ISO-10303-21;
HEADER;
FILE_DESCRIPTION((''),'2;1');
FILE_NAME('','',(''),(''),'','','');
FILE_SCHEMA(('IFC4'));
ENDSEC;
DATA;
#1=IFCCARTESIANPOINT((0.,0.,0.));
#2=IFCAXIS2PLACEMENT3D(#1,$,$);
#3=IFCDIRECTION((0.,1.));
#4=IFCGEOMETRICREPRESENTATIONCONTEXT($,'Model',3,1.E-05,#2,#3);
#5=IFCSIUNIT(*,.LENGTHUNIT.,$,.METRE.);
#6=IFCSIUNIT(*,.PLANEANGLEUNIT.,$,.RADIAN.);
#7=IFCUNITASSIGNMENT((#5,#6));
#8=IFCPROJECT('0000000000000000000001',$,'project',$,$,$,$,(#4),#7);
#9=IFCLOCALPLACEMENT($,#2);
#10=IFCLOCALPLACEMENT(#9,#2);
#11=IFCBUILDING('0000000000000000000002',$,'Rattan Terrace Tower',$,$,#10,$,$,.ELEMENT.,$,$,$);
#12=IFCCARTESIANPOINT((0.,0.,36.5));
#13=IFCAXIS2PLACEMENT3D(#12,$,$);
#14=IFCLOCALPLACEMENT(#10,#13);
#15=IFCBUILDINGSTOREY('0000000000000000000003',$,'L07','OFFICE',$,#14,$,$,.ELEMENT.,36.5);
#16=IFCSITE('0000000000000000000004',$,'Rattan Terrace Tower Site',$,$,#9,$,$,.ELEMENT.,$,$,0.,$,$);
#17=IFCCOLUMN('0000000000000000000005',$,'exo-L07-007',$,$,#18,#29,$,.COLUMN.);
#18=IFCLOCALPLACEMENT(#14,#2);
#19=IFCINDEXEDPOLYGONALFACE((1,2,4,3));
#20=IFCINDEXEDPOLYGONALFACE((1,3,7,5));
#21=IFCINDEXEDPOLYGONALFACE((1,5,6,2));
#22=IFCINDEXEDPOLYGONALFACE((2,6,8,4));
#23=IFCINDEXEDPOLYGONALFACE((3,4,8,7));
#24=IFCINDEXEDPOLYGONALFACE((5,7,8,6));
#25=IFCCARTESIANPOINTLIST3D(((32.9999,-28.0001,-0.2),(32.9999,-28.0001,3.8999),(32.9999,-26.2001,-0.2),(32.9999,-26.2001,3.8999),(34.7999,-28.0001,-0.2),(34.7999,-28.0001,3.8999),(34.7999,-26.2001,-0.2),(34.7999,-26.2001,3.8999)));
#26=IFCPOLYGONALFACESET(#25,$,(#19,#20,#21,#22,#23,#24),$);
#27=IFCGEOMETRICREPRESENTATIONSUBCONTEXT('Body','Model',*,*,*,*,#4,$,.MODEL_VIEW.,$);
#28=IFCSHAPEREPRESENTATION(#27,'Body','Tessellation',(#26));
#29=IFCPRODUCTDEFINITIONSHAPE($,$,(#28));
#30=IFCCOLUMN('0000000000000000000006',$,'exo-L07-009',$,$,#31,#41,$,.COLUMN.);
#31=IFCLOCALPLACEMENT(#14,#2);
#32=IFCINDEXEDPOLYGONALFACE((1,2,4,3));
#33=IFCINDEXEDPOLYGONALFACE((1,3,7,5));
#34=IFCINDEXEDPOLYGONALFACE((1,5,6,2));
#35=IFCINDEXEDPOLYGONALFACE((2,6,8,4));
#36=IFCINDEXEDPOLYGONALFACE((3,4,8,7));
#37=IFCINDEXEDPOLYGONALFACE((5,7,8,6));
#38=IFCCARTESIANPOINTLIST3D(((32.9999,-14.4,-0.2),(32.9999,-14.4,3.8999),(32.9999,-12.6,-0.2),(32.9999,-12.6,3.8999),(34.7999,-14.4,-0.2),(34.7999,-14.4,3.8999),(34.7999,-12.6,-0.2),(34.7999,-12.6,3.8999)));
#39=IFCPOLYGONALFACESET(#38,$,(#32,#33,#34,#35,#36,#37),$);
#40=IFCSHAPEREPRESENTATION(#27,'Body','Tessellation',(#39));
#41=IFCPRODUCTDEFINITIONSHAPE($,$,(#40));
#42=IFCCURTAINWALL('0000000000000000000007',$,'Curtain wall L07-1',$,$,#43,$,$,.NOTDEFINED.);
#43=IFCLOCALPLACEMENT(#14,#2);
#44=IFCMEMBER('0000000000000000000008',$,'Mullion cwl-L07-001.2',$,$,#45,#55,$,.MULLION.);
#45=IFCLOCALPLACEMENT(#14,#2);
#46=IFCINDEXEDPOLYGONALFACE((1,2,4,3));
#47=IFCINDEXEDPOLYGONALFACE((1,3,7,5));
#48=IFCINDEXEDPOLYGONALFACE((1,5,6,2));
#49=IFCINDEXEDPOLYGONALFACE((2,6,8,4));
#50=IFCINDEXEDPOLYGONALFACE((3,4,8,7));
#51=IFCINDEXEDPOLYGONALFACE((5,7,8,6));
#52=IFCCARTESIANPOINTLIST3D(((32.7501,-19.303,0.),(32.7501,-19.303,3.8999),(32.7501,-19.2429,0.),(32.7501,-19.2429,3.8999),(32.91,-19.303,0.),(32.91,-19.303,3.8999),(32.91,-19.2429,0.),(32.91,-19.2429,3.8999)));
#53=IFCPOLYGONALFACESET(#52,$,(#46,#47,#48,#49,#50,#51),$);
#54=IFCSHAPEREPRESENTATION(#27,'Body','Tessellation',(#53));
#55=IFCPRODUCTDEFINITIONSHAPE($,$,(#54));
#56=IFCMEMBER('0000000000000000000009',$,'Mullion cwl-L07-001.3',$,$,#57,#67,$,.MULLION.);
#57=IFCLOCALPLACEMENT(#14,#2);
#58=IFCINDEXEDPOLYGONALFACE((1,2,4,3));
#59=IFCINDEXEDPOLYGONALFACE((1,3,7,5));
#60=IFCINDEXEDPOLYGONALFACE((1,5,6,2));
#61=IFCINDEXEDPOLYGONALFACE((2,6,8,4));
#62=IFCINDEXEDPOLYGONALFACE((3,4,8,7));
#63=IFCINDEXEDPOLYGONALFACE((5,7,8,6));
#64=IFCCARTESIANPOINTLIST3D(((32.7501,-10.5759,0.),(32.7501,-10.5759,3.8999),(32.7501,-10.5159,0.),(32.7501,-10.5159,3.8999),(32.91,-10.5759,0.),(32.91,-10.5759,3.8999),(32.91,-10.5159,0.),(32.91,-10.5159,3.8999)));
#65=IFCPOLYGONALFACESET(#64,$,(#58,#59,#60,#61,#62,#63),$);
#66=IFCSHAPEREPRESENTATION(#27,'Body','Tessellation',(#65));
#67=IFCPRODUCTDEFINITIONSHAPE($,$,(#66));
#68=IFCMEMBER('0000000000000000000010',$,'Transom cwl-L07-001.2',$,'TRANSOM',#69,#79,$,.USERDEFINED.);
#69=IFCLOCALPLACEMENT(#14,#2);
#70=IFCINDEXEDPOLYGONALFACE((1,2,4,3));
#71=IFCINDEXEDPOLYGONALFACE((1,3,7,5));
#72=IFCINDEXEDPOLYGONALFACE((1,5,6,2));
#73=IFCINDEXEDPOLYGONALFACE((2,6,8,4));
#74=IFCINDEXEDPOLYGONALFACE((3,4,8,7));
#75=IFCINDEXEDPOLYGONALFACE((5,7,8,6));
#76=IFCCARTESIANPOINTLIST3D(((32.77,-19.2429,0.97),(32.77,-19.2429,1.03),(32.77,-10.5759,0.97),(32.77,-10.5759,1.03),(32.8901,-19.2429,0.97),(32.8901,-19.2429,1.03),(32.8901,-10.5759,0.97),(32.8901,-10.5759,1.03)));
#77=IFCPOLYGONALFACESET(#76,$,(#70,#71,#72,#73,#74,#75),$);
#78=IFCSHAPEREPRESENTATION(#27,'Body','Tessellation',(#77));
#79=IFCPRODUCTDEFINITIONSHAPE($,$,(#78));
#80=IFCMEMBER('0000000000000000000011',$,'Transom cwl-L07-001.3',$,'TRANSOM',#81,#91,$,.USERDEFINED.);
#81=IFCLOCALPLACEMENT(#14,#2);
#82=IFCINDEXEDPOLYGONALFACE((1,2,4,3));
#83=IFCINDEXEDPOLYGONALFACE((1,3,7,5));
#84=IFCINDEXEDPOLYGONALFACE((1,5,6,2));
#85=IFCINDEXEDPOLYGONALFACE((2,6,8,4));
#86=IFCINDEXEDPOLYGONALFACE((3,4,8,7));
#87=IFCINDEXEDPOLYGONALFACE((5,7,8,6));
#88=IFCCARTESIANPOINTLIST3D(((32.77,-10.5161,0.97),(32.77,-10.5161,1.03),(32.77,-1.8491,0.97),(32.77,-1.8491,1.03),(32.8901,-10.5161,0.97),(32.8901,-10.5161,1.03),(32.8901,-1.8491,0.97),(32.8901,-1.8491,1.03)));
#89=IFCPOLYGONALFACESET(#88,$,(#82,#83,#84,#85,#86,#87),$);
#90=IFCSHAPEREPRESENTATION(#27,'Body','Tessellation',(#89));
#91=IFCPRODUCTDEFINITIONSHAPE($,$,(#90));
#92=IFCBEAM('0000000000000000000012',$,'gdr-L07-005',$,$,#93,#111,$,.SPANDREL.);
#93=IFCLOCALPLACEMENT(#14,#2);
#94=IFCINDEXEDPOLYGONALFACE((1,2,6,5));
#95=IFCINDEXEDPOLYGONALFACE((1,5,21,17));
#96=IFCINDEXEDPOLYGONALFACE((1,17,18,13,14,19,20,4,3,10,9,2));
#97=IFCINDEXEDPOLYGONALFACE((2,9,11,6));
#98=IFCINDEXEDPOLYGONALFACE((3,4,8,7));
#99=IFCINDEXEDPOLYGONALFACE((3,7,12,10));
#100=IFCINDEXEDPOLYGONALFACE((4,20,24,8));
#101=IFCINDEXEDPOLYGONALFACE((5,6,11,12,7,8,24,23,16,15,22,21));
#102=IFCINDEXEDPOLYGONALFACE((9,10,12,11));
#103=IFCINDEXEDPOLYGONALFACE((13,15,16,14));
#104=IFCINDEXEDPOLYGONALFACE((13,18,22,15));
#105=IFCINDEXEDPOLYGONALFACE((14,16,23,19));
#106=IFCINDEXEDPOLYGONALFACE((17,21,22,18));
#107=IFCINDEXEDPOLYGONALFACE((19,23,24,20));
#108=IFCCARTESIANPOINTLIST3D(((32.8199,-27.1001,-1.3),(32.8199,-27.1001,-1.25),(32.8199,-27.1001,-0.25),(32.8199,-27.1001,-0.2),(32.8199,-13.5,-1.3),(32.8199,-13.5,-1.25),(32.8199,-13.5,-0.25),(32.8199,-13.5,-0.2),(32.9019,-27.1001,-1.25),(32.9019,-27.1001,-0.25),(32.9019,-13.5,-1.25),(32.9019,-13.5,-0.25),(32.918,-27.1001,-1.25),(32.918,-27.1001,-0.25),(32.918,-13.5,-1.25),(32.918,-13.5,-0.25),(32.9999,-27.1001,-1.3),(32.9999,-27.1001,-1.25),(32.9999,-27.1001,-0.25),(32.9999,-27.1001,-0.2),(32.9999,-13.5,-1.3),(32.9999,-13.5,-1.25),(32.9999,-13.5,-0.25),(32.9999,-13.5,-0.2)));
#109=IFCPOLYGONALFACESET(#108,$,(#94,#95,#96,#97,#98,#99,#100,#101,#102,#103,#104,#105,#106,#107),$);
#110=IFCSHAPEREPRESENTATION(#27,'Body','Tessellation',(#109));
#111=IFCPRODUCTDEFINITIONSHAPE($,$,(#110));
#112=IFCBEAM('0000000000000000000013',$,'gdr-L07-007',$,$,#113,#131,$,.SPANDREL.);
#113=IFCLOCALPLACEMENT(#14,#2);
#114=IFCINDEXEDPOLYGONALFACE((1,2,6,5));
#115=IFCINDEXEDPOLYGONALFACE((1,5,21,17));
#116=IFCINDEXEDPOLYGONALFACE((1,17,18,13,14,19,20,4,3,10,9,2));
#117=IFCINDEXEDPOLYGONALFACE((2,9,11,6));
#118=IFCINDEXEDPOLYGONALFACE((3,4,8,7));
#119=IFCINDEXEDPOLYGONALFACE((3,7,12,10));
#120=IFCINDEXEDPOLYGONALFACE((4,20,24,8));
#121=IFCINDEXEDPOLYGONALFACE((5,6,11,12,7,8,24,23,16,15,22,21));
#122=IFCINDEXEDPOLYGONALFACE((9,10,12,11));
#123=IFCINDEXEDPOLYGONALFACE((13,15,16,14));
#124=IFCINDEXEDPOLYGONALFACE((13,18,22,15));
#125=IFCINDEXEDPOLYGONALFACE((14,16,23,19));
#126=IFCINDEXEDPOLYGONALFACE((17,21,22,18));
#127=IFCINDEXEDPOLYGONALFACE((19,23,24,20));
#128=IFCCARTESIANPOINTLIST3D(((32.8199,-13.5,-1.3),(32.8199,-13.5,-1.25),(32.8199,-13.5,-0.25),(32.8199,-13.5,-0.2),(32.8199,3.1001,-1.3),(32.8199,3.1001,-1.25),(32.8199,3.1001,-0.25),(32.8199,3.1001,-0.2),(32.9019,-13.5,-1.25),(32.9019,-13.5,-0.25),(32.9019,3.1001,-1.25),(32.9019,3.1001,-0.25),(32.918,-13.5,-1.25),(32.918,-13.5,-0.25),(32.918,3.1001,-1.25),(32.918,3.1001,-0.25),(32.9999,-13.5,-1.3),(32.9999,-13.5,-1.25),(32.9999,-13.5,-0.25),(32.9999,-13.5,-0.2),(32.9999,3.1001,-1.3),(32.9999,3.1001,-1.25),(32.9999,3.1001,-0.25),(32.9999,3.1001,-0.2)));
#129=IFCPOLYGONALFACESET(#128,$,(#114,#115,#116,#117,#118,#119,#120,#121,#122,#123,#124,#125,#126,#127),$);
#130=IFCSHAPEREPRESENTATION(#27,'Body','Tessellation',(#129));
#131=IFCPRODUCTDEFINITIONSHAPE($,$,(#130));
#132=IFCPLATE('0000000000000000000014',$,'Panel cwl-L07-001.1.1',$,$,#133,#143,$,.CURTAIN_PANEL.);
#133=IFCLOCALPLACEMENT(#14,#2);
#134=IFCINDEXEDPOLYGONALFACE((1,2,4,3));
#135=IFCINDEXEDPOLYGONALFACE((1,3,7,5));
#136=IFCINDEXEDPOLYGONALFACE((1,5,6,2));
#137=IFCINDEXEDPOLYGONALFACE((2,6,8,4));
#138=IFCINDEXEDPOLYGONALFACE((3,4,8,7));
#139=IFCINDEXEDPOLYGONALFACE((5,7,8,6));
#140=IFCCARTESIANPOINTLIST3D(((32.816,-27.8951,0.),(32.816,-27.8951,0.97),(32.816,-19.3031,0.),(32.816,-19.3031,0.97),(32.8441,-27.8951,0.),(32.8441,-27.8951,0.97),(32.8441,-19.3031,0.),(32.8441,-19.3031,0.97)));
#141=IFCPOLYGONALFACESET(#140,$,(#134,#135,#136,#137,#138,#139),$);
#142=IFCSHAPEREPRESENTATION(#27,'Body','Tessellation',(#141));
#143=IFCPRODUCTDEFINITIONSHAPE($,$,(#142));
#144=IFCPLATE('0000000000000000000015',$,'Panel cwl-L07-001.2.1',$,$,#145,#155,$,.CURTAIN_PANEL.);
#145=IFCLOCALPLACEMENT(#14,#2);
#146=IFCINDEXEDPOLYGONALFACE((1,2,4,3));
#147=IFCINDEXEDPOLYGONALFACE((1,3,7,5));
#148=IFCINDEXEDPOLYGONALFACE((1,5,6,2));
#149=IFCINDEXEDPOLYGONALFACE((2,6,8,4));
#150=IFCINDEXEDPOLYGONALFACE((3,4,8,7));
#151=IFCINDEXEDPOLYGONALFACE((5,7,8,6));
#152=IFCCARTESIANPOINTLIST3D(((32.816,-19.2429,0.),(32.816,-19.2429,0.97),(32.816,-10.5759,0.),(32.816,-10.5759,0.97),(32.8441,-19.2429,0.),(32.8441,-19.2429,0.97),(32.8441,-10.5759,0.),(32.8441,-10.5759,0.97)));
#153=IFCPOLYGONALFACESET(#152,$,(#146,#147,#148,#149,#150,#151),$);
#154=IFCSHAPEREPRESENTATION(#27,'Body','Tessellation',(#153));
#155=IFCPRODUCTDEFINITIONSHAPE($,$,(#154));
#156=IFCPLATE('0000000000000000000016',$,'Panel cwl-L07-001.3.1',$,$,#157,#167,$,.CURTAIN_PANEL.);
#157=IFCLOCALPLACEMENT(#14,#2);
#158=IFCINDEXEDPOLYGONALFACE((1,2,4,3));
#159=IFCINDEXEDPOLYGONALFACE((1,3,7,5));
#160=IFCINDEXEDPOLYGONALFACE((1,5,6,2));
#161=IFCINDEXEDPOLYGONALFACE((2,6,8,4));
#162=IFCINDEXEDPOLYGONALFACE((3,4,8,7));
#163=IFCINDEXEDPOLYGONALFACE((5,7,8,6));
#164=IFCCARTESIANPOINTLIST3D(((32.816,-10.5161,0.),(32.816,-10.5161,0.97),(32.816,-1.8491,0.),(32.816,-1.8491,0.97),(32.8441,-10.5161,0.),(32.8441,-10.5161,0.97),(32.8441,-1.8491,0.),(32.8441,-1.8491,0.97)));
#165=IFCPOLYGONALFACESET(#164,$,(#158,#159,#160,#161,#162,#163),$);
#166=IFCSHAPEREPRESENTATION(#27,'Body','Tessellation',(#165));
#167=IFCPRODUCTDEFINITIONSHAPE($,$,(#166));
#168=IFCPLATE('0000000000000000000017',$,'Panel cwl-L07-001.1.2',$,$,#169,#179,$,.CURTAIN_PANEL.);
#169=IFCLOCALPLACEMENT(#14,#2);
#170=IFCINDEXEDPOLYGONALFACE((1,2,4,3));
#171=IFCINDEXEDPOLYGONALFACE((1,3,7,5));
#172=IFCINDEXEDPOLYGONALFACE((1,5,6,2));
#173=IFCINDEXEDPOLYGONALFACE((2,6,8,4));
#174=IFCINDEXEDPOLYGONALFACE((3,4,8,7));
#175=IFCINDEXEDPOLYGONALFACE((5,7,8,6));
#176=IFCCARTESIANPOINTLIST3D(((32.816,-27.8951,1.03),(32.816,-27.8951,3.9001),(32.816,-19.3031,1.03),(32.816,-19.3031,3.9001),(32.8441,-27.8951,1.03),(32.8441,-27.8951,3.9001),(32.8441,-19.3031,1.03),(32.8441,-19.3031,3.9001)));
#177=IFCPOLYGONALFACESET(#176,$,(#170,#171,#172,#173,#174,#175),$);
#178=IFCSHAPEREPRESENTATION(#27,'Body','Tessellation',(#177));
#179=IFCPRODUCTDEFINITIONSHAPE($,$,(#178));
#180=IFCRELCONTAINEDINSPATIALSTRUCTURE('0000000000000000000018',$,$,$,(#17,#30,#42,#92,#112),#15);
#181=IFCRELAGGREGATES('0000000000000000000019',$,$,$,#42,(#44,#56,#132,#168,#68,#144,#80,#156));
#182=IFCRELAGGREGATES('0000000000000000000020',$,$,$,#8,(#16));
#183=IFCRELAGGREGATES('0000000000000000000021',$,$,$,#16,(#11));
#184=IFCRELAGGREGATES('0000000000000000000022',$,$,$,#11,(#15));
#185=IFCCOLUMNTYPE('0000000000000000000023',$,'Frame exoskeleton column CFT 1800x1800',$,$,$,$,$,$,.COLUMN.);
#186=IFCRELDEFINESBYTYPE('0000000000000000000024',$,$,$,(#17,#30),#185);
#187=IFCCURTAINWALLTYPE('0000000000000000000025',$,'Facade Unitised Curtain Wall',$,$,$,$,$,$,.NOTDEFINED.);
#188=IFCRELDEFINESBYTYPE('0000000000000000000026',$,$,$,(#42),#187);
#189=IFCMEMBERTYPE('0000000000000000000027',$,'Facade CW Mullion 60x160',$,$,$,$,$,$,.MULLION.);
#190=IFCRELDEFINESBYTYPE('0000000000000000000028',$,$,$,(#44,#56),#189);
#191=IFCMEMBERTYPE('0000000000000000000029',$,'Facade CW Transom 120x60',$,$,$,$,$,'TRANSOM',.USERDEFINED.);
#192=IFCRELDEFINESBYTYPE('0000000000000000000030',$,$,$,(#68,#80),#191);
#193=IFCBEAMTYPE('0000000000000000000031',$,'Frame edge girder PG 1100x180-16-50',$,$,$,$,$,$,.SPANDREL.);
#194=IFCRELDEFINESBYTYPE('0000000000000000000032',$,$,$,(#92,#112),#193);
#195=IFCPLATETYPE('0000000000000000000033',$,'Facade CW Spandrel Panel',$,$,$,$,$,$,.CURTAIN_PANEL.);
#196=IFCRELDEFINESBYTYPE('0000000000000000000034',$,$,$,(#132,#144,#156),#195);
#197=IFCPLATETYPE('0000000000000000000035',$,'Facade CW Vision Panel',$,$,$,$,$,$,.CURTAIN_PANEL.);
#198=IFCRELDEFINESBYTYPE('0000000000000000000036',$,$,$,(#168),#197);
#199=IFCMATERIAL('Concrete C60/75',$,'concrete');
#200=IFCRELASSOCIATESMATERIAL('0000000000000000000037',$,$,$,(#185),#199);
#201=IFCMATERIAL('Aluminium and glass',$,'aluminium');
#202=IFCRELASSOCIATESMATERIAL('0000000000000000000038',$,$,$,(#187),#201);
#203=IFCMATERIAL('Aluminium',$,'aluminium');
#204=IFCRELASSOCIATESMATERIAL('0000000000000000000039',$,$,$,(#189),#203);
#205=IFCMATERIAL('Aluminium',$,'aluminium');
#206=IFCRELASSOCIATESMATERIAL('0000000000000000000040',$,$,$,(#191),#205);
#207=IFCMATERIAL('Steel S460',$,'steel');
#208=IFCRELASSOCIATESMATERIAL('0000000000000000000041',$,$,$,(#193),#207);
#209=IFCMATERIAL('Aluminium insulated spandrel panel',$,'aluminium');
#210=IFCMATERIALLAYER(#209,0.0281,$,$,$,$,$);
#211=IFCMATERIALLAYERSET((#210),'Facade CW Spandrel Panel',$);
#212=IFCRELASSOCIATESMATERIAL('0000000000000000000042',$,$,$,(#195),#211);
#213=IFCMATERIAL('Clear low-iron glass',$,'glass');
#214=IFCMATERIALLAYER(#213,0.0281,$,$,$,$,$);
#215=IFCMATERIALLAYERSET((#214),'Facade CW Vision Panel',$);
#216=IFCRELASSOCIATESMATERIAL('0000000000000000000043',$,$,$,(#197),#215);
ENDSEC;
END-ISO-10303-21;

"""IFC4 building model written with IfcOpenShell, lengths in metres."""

from ifc_helpers import new_model, si_unit, direction, frame, origin, origin_2d, place, context, subcontext, project, spatial, rectangle, i_section, extrude, material, layer, layer_set, material_profile, profile_set, type_object, element, aggregate, save


model = new_model("IFC4")

# Units and contexts
model_context = context("Model", 3, precision=1e-05, world=origin(), true_north=direction((0.0, 1.0)))
body_context = subcontext(model_context, "Body", "Model", "MODEL_VIEW")
ifc_project = project(units=[si_unit("LENGTHUNIT", "METRE"), si_unit("PLANEANGLEUNIT", "RADIAN")], contexts=[model_context])

# Site, building, storey
site_placement = place(None, origin())
site = spatial("IfcSite", under=ifc_project, at=site_placement, Name="Rattan Terrace Tower Site", CompositionType="ELEMENT", RefElevation=0.0)
building_placement = place(site_placement, origin())
building = spatial("IfcBuilding", under=site, at=building_placement, Name="Rattan Terrace Tower", CompositionType="ELEMENT")
storey_placement = place(building_placement, frame((0.0, 0.0, 36.5)))
storey = spatial("IfcBuildingStorey", under=building, at=storey_placement, Name="L07", Description="OFFICE", CompositionType="ELEMENT", Elevation=36.5)

# Columns
ifc_material_1 = material(Name="Concrete C60/75", Category="concrete")
ifc_material_profile_1 = material_profile(ifc_material_1, rectangle(XDim=1.8, YDim=1.8, at=origin_2d()), Name="CFT 1800x1800")
ifc_profile_set_1 = profile_set([ifc_material_profile_1], Name="Concrete C60/75")
column_type = type_object("IfcColumnType", Name="Frame exoskeleton column CFT 1800x1800", PredefinedType="COLUMN", material=ifc_profile_set_1)
for number, where, z_axis, x_axis, name in (
    (1, (33.8999, -27.1001, -0.2), (0.0, 0.0, 1.0), (0.0, 1.0, 0.0), "exo-L07-007"),
    (2, (33.8999, -13.5, -0.2), (0.0, 0.0, 1.0), (0.0, 1.0, 0.0), "exo-L07-009"),
):
    element("IfcColumn", number, at=place(storey_placement, frame(where, z_axis=z_axis, x_axis=x_axis)), inside=storey, type_object=column_type, Name=name, PredefinedType="COLUMN", context=body_context, shape_type="SweptSolid", body=[
        extrude(rectangle(XDim=1.8, YDim=1.8, at=origin_2d()), origin(), (0.0, 0.0, 1.0), 4.0999),
    ])

# Curtain wall, members
ifc_material_2 = material(Name="Aluminium and glass", Category="aluminium")
curtain_wall_type = type_object("IfcCurtainWallType", Name="Facade Unitised Curtain Wall", PredefinedType="NOTDEFINED", material=ifc_material_2)
curtain_wall_placement = place(storey_placement, origin())
curtain_wall = element("IfcCurtainWall", 3, at=curtain_wall_placement, inside=storey, type_object=curtain_wall_type, Name="Curtain wall L07-1", PredefinedType="NOTDEFINED")
ifc_material_3 = material(Name="Aluminium", Category="aluminium")
ifc_material_profile_2 = material_profile(ifc_material_3, rectangle(XDim=0.0601, YDim=0.1599, at=origin_2d()), Name="Aluminium 60x160")
ifc_profile_set_2 = profile_set([ifc_material_profile_2], Name="Aluminium")
member_type_1 = type_object("IfcMemberType", Name="Facade CW Mullion 60x160", PredefinedType="MULLION", material=ifc_profile_set_2)
member_1_placement = place(storey_placement, frame((32.8301, -19.2729, 0.0), z_axis=(0.0, 0.0, 1.0), x_axis=(0.0, 1.0, 0.0)))
member_1 = element("IfcMember", 4, at=member_1_placement, type_object=member_type_1, Name="Mullion cwl-L07-001.2", PredefinedType="MULLION", context=body_context, shape_type="SweptSolid", body=[
    extrude(rectangle(XDim=0.0601, YDim=0.1599, at=origin_2d()), origin(), (0.0, 0.0, 1.0), 3.8999),
])
member_2_placement = place(storey_placement, frame((32.8301, -10.5459, 0.0), z_axis=(0.0, 0.0, 1.0), x_axis=(0.0, 1.0, 0.0)))
member_2 = element("IfcMember", 5, at=member_2_placement, type_object=member_type_1, Name="Mullion cwl-L07-001.3", PredefinedType="MULLION", context=body_context, shape_type="SweptSolid", body=[
    extrude(rectangle(XDim=0.0601, YDim=0.1599, at=origin_2d()), origin(), (0.0, 0.0, 1.0), 3.8999),
])
ifc_material_4 = material(Name="Aluminium", Category="aluminium")
ifc_material_profile_3 = material_profile(ifc_material_4, rectangle(XDim=0.1201, YDim=0.0601, at=origin_2d()), Name="Aluminium 120x60")
ifc_profile_set_3 = profile_set([ifc_material_profile_3], Name="Aluminium")
member_type_2 = type_object("IfcMemberType", Name="Facade CW Transom 120x60", ElementType="TRANSOM", PredefinedType="USERDEFINED", material=ifc_profile_set_3)
member_3_placement = place(storey_placement, frame((32.8301, -19.2429, 1.0), z_axis=(0.0, 1.0, 0.0), x_axis=(-1.0, 0.0, 0.0)))
member_3 = element("IfcMember", 6, at=member_3_placement, type_object=member_type_2, Name="Transom cwl-L07-001.2", ObjectType="TRANSOM", PredefinedType="USERDEFINED", context=body_context, shape_type="SweptSolid", body=[
    extrude(rectangle(XDim=0.1201, YDim=0.0601, at=origin_2d()), origin(), (0.0, 0.0, 1.0), 8.667),
])
member_4_placement = place(storey_placement, frame((32.8301, -10.5161, 1.0), z_axis=(0.0, 1.0, 0.0), x_axis=(-1.0, 0.0, 0.0)))
member_4 = element("IfcMember", 7, at=member_4_placement, type_object=member_type_2, Name="Transom cwl-L07-001.3", ObjectType="TRANSOM", PredefinedType="USERDEFINED", context=body_context, shape_type="SweptSolid", body=[
    extrude(rectangle(XDim=0.1201, YDim=0.0601, at=origin_2d()), origin(), (0.0, 0.0, 1.0), 8.667),
])

# Beams
ifc_material_5 = material(Name="Steel S460", Category="steel")
ifc_material_profile_4 = material_profile(ifc_material_5, i_section(OverallWidth=0.1799, OverallDepth=1.1001, WebThickness=0.0161, FlangeThickness=0.05, at=origin_2d()), Name="PG 1100x180-16-50")
ifc_profile_set_4 = profile_set([ifc_material_profile_4], Name="Steel S460")
beam_type = type_object("IfcBeamType", Name="Frame edge girder PG 1100x180-16-50", PredefinedType="SPANDREL", material=ifc_profile_set_4)
beam_1_placement = place(storey_placement, frame((32.9099, -27.1001, -0.75), z_axis=(0.0, 1.0, 0.0), x_axis=(-1.0, 0.0, 0.0)))
element("IfcBeam", 8, at=beam_1_placement, inside=storey, type_object=beam_type, Name="gdr-L07-005", PredefinedType="SPANDREL", context=body_context, shape_type="SweptSolid", body=[
    extrude(i_section(OverallWidth=0.1799, OverallDepth=1.1001, WebThickness=0.0161, FlangeThickness=0.05, at=origin_2d()), origin(), (0.0, 0.0, 1.0), 13.6001),
])
beam_2_placement = place(storey_placement, frame((32.9099, -13.5, -0.75), z_axis=(0.0, 1.0, 0.0), x_axis=(-1.0, 0.0, 0.0)))
element("IfcBeam", 9, at=beam_2_placement, inside=storey, type_object=beam_type, Name="gdr-L07-007", PredefinedType="SPANDREL", context=body_context, shape_type="SweptSolid", body=[
    extrude(i_section(OverallWidth=0.1799, OverallDepth=1.1001, WebThickness=0.0161, FlangeThickness=0.05, at=origin_2d()), origin(), (0.0, 0.0, 1.0), 16.6001),
])

# Plates
ifc_material_6 = material(Name="Aluminium insulated spandrel panel", Category="aluminium")
ifc_layer_1 = layer(ifc_material_6, 0.0281)
ifc_layer_set_1 = layer_set([ifc_layer_1], Name="Facade CW Spandrel Panel")
plate_type_1 = type_object("IfcPlateType", Name="Facade CW Spandrel Panel", PredefinedType="CURTAIN_PANEL", material=ifc_layer_set_1)
plate_1_placement = place(storey_placement, frame((32.8301, -23.5991, 0.0), z_axis=(0.0, 0.0, 1.0), x_axis=(0.0, 1.0, 0.0)))
plate_1 = element("IfcPlate", 10, at=plate_1_placement, type_object=plate_type_1, Name="Panel cwl-L07-001.1.1", PredefinedType="CURTAIN_PANEL", context=body_context, shape_type="SweptSolid", body=[
    extrude(rectangle(XDim=8.592, YDim=0.0281, at=origin_2d()), origin(), (0.0, 0.0, 1.0), 0.97),
])
plate_2_placement = place(storey_placement, frame((32.8301, -14.9094, 0.0), z_axis=(0.0, 0.0, 1.0), x_axis=(0.0, 1.0, 0.0)))
plate_2 = element("IfcPlate", 11, at=plate_2_placement, type_object=plate_type_1, Name="Panel cwl-L07-001.2.1", PredefinedType="CURTAIN_PANEL", context=body_context, shape_type="SweptSolid", body=[
    extrude(rectangle(XDim=8.667, YDim=0.0281, at=origin_2d()), origin(), (0.0, 0.0, 1.0), 0.97),
])
plate_3_placement = place(storey_placement, frame((32.8301, -6.1826, 0.0), z_axis=(0.0, 0.0, 1.0), x_axis=(0.0, 1.0, 0.0)))
plate_3 = element("IfcPlate", 12, at=plate_3_placement, type_object=plate_type_1, Name="Panel cwl-L07-001.3.1", PredefinedType="CURTAIN_PANEL", context=body_context, shape_type="SweptSolid", body=[
    extrude(rectangle(XDim=8.667, YDim=0.0281, at=origin_2d()), origin(), (0.0, 0.0, 1.0), 0.97),
])
ifc_material_7 = material(Name="Clear low-iron glass", Category="glass")
ifc_layer_2 = layer(ifc_material_7, 0.0281)
ifc_layer_set_2 = layer_set([ifc_layer_2], Name="Facade CW Vision Panel")
plate_type_2 = type_object("IfcPlateType", Name="Facade CW Vision Panel", PredefinedType="CURTAIN_PANEL", material=ifc_layer_set_2)
plate_4_placement = place(storey_placement, frame((32.8301, -23.5991, 1.03), z_axis=(0.0, 0.0, 1.0), x_axis=(0.0, 1.0, 0.0)))
plate_4 = element("IfcPlate", 13, at=plate_4_placement, type_object=plate_type_2, Name="Panel cwl-L07-001.1.2", PredefinedType="CURTAIN_PANEL", context=body_context, shape_type="SweptSolid", body=[
    extrude(rectangle(XDim=8.592, YDim=0.0281, at=origin_2d()), origin(), (0.0, 0.0, 1.0), 2.8701),
])
aggregate(curtain_wall, [member_1, member_2, plate_1, plate_4, member_3, plate_2, member_4, plate_3])

save(model, "model.ifc")
